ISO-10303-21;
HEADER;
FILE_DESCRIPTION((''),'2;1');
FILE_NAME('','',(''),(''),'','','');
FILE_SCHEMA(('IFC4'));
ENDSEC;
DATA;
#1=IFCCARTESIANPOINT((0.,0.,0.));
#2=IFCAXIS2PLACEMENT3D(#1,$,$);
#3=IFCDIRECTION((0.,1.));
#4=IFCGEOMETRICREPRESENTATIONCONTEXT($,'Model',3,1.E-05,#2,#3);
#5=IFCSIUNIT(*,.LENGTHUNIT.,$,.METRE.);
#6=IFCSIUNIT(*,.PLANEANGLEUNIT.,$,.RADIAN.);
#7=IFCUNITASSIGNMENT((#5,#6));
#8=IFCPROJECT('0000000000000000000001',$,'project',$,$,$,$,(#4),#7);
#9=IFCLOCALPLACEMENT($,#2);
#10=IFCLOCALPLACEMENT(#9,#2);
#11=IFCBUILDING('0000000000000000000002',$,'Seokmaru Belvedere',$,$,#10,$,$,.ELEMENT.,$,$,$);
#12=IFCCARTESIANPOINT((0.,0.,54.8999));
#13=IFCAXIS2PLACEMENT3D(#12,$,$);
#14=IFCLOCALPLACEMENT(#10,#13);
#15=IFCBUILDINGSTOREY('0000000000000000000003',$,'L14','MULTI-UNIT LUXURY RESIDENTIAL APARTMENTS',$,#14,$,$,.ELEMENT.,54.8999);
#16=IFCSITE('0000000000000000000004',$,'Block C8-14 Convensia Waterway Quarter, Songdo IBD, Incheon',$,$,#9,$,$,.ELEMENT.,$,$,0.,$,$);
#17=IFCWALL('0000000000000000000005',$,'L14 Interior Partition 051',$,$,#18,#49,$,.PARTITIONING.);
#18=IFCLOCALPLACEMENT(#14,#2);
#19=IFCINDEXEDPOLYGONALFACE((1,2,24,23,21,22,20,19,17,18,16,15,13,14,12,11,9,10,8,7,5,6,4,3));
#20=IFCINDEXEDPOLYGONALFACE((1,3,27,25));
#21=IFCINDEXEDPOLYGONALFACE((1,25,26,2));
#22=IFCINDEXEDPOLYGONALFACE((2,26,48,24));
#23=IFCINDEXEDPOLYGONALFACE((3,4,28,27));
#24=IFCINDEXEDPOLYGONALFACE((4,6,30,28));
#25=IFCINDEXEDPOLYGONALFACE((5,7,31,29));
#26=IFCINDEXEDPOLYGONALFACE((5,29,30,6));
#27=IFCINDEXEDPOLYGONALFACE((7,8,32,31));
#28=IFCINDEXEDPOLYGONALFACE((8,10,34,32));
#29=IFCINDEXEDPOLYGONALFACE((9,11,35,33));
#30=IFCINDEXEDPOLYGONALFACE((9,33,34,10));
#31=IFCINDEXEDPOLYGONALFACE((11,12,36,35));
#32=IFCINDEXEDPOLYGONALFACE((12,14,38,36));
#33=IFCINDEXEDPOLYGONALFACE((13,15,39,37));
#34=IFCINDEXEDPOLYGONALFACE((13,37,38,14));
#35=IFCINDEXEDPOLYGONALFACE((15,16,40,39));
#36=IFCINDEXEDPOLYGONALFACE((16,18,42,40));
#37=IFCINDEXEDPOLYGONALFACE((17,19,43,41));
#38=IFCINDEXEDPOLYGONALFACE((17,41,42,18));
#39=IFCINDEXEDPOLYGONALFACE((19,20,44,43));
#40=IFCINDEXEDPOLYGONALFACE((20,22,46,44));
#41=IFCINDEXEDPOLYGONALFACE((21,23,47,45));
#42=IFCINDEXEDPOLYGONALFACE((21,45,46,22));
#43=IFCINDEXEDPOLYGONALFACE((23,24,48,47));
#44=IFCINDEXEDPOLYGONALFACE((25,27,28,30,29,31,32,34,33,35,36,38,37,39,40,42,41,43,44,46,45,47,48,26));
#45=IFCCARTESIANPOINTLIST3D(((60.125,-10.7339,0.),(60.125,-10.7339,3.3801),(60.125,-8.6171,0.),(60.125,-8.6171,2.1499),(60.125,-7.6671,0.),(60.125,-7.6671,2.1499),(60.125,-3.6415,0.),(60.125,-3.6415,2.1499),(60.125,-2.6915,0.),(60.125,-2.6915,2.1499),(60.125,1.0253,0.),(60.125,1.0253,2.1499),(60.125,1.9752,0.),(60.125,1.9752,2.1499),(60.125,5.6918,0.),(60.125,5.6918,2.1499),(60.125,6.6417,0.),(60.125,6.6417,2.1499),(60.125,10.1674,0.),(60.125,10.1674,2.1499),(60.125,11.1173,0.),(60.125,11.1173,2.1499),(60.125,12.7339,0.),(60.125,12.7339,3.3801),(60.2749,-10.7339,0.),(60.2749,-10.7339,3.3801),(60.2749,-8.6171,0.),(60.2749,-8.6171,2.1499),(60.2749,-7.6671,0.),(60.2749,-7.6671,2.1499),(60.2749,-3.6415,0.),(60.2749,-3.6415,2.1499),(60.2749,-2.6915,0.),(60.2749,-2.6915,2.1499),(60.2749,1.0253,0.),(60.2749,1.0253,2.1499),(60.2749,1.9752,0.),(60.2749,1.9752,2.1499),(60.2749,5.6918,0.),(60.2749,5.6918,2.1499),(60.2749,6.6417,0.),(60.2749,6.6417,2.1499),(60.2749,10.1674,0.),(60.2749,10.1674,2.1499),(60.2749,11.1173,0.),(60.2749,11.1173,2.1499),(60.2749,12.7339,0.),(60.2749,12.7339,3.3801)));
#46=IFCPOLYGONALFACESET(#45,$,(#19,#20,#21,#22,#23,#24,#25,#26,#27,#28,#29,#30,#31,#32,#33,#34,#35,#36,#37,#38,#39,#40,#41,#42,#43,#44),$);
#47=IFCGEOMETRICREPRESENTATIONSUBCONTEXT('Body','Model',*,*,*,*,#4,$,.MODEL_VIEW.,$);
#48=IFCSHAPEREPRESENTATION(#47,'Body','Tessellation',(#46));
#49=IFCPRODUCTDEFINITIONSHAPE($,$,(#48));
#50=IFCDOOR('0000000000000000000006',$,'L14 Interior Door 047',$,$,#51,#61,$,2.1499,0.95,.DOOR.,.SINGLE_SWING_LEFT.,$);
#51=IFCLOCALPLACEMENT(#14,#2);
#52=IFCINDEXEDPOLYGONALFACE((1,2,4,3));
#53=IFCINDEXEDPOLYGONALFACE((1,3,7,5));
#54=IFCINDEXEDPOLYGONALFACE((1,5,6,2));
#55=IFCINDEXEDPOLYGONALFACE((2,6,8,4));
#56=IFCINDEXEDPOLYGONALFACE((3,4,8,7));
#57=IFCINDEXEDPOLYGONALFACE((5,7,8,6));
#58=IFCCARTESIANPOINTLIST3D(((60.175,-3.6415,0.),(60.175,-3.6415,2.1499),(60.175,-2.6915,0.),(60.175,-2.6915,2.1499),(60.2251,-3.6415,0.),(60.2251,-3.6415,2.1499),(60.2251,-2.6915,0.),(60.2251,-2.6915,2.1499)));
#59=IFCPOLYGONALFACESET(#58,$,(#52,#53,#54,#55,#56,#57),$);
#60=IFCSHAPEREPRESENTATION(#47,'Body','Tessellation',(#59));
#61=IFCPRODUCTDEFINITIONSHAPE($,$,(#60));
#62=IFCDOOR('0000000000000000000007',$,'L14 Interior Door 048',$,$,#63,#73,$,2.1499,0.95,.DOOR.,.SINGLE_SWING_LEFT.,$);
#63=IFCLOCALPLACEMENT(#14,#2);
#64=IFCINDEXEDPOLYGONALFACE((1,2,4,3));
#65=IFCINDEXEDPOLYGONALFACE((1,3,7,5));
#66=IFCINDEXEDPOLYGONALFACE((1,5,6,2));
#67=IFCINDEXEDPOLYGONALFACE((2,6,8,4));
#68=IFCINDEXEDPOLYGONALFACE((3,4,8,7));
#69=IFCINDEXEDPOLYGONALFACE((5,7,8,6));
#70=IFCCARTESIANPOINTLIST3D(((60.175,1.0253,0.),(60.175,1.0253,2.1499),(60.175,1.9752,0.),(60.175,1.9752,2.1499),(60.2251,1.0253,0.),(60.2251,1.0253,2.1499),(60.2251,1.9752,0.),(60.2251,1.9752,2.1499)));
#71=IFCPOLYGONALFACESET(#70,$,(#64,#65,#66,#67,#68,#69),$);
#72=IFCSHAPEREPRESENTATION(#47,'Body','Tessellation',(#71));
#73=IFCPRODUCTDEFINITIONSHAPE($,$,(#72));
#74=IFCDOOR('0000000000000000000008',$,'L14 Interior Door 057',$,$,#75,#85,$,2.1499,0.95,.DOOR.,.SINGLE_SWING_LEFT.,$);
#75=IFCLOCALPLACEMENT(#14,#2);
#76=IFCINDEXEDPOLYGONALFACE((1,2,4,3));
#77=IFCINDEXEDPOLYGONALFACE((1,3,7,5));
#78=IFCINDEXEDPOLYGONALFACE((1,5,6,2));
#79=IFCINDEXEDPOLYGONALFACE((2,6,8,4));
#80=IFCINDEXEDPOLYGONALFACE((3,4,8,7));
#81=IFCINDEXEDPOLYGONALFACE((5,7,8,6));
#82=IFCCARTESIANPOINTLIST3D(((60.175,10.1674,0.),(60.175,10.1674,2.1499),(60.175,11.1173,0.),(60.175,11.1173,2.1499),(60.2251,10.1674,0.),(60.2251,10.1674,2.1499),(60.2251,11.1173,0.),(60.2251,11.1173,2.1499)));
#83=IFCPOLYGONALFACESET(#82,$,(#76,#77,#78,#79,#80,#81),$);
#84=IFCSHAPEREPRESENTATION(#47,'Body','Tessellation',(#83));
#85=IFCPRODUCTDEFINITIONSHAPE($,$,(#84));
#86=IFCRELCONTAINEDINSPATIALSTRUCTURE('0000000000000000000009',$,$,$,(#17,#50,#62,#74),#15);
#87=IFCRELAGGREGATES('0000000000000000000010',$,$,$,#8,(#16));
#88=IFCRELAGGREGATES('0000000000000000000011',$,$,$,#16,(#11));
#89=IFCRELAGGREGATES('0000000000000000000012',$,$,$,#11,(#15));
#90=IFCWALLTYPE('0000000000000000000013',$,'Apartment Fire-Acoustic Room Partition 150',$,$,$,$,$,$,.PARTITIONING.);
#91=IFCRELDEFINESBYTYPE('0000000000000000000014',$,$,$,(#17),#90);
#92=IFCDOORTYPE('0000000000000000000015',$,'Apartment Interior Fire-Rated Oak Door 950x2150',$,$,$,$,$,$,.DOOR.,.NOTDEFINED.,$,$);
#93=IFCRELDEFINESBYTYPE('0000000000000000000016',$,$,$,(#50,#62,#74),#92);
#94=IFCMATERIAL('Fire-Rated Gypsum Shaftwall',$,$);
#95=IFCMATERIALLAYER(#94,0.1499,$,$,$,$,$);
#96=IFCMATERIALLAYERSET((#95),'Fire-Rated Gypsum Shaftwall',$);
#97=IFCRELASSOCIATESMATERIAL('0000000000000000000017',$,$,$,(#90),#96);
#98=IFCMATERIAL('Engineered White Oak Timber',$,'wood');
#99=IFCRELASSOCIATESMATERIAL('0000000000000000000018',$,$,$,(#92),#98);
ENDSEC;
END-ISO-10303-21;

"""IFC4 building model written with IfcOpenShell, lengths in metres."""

from ifc_helpers import new_model, si_unit, direction, frame, frame_2d, origin, place, context, subcontext, project, spatial, rectangle, extrude, source, transform, mapped, material, layer, layer_set, type_object, type_shapes, element, fill, save


model = new_model("IFC4")

# Units and contexts
model_context = context("Model", 3, precision=1e-05, world=origin(), true_north=direction((0.0, 1.0)))
body_context = subcontext(model_context, "Body", "Model", "MODEL_VIEW")
ifc_project = project(units=[si_unit("LENGTHUNIT", "METRE"), si_unit("PLANEANGLEUNIT", "RADIAN")], contexts=[model_context])

# Site, building, storey
site_placement = place(None, origin())
site = spatial("IfcSite", under=ifc_project, at=site_placement, Name="Block C8-14 Convensia Waterway Quarter, Songdo IBD, Incheon", CompositionType="ELEMENT", RefElevation=0.0)
building_placement = place(site_placement, origin())
building = spatial("IfcBuilding", under=site, at=building_placement, Name="Seokmaru Belvedere", CompositionType="ELEMENT")
storey_placement = place(building_placement, frame((0.0, 0.0, 54.8999)))
storey = spatial("IfcBuildingStorey", under=building, at=storey_placement, Name="L14", Description="MULTI-UNIT LUXURY RESIDENTIAL APARTMENTS", CompositionType="ELEMENT", Elevation=54.8999)

# Shared definitions
ifc_material_1 = material(Name="Fire-Rated Gypsum Shaftwall")
ifc_layer_1 = layer(ifc_material_1, 0.1499)
ifc_layer_set_1 = layer_set([ifc_layer_1], Name="Fire-Rated Gypsum Shaftwall")
wall_type = type_object("IfcWallType", Name="Apartment Fire-Acoustic Room Partition 150", PredefinedType="PARTITIONING", material=ifc_layer_set_1)

# Wall, openings, doors
wall_1_placement = place(storey_placement, frame((60.2, -10.7339, 0.0), z_axis=(0.0, 0.0, 1.0), x_axis=(0.0, 1.0, 0.0)))
wall_1 = element("IfcWall", 1, at=wall_1_placement, inside=storey, type_object=wall_type, Name="L14 Interior Partition 051", PredefinedType="PARTITIONING", context=body_context, shape_type="SweptSolid", body=[
    extrude(rectangle(XDim=23.4678, YDim=0.1499, at=frame_2d((11.7339, 0.0))), origin(), (0.0, 0.0, 1.0), 3.3801),
])
opening_1_placement = place(wall_1_placement, frame((2.1167, 0.0, 0.0)))
element("IfcOpeningElement", 2, at=opening_1_placement, cuts=wall_1, PredefinedType="OPENING", context=body_context, shape_type="SweptSolid", body=[
    extrude(rectangle(XDim=0.95, YDim=2.1499, at=frame_2d((0.4751, 1.075))), frame((0.0, 0.085, 0.0), z_axis=(0.0, -1.0, 0.0), x_axis=(1.0, 0.0, 0.0)), (0.0, 0.0, 1.0), 0.1699),
])
opening_2_placement = place(wall_1_placement, frame((7.0923, 0.0, 0.0)))
opening_2 = element("IfcOpeningElement", 3, at=opening_2_placement, cuts=wall_1, PredefinedType="OPENING", context=body_context, shape_type="SweptSolid", body=[
    extrude(rectangle(XDim=0.95, YDim=2.1499, at=frame_2d((0.4751, 1.075))), frame((0.0, 0.085, 0.0), z_axis=(0.0, -1.0, 0.0), x_axis=(1.0, 0.0, 0.0)), (0.0, 0.0, 1.0), 0.1699),
])
opening_3_placement = place(wall_1_placement, frame((11.759, 0.0, 0.0)))
opening_3 = element("IfcOpeningElement", 4, at=opening_3_placement, cuts=wall_1, PredefinedType="OPENING", context=body_context, shape_type="SweptSolid", body=[
    extrude(rectangle(XDim=0.95, YDim=2.1499, at=frame_2d((0.4751, 1.075))), frame((0.0, 0.085, 0.0), z_axis=(0.0, -1.0, 0.0), x_axis=(1.0, 0.0, 0.0)), (0.0, 0.0, 1.0), 0.1699),
])
opening_4_placement = place(wall_1_placement, frame((16.4255, 0.0, 0.0)))
element("IfcOpeningElement", 5, at=opening_4_placement, cuts=wall_1, PredefinedType="OPENING", context=body_context, shape_type="SweptSolid", body=[
    extrude(rectangle(XDim=0.95, YDim=2.1499, at=frame_2d((0.4751, 1.075))), frame((0.0, 0.085, 0.0), z_axis=(0.0, -1.0, 0.0), x_axis=(1.0, 0.0, 0.0)), (0.0, 0.0, 1.0), 0.1699),
])
opening_5_placement = place(wall_1_placement, frame((20.9011, 0.0, 0.0)))
opening_5 = element("IfcOpeningElement", 6, at=opening_5_placement, cuts=wall_1, PredefinedType="OPENING", context=body_context, shape_type="SweptSolid", body=[
    extrude(rectangle(XDim=0.95, YDim=2.1499, at=frame_2d((0.4751, 1.075))), frame((0.0, 0.085, 0.0), z_axis=(0.0, -1.0, 0.0), x_axis=(1.0, 0.0, 0.0)), (0.0, 0.0, 1.0), 0.1699),
])
ifc_material_2 = material(Name="Engineered White Oak Timber", Category="wood")
door_type = type_object("IfcDoorType", Name="Apartment Interior Fire-Rated Oak Door 950x2150", OperationType="NOTDEFINED", PredefinedType="DOOR", material=ifc_material_2)
shared_shape_1 = source(origin(), body_context, "Body", "SweptSolid", [
    extrude(rectangle(XDim=0.95, YDim=2.1499, at=frame_2d((0.4751, 1.075))), frame((0.0, 0.0249, 0.0), z_axis=(0.0, -1.0, 0.0), x_axis=(1.0, 0.0, 0.0)), (0.0, 0.0, 1.0), 0.05),
])
type_shapes(door_type, [shared_shape_1])
door_1_placement = place(opening_2_placement, origin())
door_1 = element("IfcDoor", 7, at=door_1_placement, inside=storey, type_object=door_type, Name="L14 Interior Door 047", OperationType="SINGLE_SWING_LEFT", OverallHeight=2.1499, OverallWidth=0.95, PredefinedType="DOOR", context=body_context, shape_type="MappedRepresentation", body=[
    mapped(shared_shape_1, transform((0.0, 0.0, 0.0), scale=1.0)),
])
fill(opening_2, door_1)
door_2_placement = place(opening_3_placement, origin())
door_2 = element("IfcDoor", 8, at=door_2_placement, inside=storey, type_object=door_type, Name="L14 Interior Door 048", OperationType="SINGLE_SWING_LEFT", OverallHeight=2.1499, OverallWidth=0.95, PredefinedType="DOOR", context=body_context, shape_type="MappedRepresentation", body=[
    mapped(shared_shape_1, transform((0.0, 0.0, 0.0), scale=1.0)),
])
fill(opening_3, door_2)
door_3_placement = place(opening_5_placement, origin())
door_3 = element("IfcDoor", 9, at=door_3_placement, inside=storey, type_object=door_type, Name="L14 Interior Door 057", OperationType="SINGLE_SWING_LEFT", OverallHeight=2.1499, OverallWidth=0.95, PredefinedType="DOOR", context=body_context, shape_type="MappedRepresentation", body=[
    mapped(shared_shape_1, transform((0.0, 0.0, 0.0), scale=1.0)),
])
fill(opening_5, door_3)

save(model, "model.ifc")
